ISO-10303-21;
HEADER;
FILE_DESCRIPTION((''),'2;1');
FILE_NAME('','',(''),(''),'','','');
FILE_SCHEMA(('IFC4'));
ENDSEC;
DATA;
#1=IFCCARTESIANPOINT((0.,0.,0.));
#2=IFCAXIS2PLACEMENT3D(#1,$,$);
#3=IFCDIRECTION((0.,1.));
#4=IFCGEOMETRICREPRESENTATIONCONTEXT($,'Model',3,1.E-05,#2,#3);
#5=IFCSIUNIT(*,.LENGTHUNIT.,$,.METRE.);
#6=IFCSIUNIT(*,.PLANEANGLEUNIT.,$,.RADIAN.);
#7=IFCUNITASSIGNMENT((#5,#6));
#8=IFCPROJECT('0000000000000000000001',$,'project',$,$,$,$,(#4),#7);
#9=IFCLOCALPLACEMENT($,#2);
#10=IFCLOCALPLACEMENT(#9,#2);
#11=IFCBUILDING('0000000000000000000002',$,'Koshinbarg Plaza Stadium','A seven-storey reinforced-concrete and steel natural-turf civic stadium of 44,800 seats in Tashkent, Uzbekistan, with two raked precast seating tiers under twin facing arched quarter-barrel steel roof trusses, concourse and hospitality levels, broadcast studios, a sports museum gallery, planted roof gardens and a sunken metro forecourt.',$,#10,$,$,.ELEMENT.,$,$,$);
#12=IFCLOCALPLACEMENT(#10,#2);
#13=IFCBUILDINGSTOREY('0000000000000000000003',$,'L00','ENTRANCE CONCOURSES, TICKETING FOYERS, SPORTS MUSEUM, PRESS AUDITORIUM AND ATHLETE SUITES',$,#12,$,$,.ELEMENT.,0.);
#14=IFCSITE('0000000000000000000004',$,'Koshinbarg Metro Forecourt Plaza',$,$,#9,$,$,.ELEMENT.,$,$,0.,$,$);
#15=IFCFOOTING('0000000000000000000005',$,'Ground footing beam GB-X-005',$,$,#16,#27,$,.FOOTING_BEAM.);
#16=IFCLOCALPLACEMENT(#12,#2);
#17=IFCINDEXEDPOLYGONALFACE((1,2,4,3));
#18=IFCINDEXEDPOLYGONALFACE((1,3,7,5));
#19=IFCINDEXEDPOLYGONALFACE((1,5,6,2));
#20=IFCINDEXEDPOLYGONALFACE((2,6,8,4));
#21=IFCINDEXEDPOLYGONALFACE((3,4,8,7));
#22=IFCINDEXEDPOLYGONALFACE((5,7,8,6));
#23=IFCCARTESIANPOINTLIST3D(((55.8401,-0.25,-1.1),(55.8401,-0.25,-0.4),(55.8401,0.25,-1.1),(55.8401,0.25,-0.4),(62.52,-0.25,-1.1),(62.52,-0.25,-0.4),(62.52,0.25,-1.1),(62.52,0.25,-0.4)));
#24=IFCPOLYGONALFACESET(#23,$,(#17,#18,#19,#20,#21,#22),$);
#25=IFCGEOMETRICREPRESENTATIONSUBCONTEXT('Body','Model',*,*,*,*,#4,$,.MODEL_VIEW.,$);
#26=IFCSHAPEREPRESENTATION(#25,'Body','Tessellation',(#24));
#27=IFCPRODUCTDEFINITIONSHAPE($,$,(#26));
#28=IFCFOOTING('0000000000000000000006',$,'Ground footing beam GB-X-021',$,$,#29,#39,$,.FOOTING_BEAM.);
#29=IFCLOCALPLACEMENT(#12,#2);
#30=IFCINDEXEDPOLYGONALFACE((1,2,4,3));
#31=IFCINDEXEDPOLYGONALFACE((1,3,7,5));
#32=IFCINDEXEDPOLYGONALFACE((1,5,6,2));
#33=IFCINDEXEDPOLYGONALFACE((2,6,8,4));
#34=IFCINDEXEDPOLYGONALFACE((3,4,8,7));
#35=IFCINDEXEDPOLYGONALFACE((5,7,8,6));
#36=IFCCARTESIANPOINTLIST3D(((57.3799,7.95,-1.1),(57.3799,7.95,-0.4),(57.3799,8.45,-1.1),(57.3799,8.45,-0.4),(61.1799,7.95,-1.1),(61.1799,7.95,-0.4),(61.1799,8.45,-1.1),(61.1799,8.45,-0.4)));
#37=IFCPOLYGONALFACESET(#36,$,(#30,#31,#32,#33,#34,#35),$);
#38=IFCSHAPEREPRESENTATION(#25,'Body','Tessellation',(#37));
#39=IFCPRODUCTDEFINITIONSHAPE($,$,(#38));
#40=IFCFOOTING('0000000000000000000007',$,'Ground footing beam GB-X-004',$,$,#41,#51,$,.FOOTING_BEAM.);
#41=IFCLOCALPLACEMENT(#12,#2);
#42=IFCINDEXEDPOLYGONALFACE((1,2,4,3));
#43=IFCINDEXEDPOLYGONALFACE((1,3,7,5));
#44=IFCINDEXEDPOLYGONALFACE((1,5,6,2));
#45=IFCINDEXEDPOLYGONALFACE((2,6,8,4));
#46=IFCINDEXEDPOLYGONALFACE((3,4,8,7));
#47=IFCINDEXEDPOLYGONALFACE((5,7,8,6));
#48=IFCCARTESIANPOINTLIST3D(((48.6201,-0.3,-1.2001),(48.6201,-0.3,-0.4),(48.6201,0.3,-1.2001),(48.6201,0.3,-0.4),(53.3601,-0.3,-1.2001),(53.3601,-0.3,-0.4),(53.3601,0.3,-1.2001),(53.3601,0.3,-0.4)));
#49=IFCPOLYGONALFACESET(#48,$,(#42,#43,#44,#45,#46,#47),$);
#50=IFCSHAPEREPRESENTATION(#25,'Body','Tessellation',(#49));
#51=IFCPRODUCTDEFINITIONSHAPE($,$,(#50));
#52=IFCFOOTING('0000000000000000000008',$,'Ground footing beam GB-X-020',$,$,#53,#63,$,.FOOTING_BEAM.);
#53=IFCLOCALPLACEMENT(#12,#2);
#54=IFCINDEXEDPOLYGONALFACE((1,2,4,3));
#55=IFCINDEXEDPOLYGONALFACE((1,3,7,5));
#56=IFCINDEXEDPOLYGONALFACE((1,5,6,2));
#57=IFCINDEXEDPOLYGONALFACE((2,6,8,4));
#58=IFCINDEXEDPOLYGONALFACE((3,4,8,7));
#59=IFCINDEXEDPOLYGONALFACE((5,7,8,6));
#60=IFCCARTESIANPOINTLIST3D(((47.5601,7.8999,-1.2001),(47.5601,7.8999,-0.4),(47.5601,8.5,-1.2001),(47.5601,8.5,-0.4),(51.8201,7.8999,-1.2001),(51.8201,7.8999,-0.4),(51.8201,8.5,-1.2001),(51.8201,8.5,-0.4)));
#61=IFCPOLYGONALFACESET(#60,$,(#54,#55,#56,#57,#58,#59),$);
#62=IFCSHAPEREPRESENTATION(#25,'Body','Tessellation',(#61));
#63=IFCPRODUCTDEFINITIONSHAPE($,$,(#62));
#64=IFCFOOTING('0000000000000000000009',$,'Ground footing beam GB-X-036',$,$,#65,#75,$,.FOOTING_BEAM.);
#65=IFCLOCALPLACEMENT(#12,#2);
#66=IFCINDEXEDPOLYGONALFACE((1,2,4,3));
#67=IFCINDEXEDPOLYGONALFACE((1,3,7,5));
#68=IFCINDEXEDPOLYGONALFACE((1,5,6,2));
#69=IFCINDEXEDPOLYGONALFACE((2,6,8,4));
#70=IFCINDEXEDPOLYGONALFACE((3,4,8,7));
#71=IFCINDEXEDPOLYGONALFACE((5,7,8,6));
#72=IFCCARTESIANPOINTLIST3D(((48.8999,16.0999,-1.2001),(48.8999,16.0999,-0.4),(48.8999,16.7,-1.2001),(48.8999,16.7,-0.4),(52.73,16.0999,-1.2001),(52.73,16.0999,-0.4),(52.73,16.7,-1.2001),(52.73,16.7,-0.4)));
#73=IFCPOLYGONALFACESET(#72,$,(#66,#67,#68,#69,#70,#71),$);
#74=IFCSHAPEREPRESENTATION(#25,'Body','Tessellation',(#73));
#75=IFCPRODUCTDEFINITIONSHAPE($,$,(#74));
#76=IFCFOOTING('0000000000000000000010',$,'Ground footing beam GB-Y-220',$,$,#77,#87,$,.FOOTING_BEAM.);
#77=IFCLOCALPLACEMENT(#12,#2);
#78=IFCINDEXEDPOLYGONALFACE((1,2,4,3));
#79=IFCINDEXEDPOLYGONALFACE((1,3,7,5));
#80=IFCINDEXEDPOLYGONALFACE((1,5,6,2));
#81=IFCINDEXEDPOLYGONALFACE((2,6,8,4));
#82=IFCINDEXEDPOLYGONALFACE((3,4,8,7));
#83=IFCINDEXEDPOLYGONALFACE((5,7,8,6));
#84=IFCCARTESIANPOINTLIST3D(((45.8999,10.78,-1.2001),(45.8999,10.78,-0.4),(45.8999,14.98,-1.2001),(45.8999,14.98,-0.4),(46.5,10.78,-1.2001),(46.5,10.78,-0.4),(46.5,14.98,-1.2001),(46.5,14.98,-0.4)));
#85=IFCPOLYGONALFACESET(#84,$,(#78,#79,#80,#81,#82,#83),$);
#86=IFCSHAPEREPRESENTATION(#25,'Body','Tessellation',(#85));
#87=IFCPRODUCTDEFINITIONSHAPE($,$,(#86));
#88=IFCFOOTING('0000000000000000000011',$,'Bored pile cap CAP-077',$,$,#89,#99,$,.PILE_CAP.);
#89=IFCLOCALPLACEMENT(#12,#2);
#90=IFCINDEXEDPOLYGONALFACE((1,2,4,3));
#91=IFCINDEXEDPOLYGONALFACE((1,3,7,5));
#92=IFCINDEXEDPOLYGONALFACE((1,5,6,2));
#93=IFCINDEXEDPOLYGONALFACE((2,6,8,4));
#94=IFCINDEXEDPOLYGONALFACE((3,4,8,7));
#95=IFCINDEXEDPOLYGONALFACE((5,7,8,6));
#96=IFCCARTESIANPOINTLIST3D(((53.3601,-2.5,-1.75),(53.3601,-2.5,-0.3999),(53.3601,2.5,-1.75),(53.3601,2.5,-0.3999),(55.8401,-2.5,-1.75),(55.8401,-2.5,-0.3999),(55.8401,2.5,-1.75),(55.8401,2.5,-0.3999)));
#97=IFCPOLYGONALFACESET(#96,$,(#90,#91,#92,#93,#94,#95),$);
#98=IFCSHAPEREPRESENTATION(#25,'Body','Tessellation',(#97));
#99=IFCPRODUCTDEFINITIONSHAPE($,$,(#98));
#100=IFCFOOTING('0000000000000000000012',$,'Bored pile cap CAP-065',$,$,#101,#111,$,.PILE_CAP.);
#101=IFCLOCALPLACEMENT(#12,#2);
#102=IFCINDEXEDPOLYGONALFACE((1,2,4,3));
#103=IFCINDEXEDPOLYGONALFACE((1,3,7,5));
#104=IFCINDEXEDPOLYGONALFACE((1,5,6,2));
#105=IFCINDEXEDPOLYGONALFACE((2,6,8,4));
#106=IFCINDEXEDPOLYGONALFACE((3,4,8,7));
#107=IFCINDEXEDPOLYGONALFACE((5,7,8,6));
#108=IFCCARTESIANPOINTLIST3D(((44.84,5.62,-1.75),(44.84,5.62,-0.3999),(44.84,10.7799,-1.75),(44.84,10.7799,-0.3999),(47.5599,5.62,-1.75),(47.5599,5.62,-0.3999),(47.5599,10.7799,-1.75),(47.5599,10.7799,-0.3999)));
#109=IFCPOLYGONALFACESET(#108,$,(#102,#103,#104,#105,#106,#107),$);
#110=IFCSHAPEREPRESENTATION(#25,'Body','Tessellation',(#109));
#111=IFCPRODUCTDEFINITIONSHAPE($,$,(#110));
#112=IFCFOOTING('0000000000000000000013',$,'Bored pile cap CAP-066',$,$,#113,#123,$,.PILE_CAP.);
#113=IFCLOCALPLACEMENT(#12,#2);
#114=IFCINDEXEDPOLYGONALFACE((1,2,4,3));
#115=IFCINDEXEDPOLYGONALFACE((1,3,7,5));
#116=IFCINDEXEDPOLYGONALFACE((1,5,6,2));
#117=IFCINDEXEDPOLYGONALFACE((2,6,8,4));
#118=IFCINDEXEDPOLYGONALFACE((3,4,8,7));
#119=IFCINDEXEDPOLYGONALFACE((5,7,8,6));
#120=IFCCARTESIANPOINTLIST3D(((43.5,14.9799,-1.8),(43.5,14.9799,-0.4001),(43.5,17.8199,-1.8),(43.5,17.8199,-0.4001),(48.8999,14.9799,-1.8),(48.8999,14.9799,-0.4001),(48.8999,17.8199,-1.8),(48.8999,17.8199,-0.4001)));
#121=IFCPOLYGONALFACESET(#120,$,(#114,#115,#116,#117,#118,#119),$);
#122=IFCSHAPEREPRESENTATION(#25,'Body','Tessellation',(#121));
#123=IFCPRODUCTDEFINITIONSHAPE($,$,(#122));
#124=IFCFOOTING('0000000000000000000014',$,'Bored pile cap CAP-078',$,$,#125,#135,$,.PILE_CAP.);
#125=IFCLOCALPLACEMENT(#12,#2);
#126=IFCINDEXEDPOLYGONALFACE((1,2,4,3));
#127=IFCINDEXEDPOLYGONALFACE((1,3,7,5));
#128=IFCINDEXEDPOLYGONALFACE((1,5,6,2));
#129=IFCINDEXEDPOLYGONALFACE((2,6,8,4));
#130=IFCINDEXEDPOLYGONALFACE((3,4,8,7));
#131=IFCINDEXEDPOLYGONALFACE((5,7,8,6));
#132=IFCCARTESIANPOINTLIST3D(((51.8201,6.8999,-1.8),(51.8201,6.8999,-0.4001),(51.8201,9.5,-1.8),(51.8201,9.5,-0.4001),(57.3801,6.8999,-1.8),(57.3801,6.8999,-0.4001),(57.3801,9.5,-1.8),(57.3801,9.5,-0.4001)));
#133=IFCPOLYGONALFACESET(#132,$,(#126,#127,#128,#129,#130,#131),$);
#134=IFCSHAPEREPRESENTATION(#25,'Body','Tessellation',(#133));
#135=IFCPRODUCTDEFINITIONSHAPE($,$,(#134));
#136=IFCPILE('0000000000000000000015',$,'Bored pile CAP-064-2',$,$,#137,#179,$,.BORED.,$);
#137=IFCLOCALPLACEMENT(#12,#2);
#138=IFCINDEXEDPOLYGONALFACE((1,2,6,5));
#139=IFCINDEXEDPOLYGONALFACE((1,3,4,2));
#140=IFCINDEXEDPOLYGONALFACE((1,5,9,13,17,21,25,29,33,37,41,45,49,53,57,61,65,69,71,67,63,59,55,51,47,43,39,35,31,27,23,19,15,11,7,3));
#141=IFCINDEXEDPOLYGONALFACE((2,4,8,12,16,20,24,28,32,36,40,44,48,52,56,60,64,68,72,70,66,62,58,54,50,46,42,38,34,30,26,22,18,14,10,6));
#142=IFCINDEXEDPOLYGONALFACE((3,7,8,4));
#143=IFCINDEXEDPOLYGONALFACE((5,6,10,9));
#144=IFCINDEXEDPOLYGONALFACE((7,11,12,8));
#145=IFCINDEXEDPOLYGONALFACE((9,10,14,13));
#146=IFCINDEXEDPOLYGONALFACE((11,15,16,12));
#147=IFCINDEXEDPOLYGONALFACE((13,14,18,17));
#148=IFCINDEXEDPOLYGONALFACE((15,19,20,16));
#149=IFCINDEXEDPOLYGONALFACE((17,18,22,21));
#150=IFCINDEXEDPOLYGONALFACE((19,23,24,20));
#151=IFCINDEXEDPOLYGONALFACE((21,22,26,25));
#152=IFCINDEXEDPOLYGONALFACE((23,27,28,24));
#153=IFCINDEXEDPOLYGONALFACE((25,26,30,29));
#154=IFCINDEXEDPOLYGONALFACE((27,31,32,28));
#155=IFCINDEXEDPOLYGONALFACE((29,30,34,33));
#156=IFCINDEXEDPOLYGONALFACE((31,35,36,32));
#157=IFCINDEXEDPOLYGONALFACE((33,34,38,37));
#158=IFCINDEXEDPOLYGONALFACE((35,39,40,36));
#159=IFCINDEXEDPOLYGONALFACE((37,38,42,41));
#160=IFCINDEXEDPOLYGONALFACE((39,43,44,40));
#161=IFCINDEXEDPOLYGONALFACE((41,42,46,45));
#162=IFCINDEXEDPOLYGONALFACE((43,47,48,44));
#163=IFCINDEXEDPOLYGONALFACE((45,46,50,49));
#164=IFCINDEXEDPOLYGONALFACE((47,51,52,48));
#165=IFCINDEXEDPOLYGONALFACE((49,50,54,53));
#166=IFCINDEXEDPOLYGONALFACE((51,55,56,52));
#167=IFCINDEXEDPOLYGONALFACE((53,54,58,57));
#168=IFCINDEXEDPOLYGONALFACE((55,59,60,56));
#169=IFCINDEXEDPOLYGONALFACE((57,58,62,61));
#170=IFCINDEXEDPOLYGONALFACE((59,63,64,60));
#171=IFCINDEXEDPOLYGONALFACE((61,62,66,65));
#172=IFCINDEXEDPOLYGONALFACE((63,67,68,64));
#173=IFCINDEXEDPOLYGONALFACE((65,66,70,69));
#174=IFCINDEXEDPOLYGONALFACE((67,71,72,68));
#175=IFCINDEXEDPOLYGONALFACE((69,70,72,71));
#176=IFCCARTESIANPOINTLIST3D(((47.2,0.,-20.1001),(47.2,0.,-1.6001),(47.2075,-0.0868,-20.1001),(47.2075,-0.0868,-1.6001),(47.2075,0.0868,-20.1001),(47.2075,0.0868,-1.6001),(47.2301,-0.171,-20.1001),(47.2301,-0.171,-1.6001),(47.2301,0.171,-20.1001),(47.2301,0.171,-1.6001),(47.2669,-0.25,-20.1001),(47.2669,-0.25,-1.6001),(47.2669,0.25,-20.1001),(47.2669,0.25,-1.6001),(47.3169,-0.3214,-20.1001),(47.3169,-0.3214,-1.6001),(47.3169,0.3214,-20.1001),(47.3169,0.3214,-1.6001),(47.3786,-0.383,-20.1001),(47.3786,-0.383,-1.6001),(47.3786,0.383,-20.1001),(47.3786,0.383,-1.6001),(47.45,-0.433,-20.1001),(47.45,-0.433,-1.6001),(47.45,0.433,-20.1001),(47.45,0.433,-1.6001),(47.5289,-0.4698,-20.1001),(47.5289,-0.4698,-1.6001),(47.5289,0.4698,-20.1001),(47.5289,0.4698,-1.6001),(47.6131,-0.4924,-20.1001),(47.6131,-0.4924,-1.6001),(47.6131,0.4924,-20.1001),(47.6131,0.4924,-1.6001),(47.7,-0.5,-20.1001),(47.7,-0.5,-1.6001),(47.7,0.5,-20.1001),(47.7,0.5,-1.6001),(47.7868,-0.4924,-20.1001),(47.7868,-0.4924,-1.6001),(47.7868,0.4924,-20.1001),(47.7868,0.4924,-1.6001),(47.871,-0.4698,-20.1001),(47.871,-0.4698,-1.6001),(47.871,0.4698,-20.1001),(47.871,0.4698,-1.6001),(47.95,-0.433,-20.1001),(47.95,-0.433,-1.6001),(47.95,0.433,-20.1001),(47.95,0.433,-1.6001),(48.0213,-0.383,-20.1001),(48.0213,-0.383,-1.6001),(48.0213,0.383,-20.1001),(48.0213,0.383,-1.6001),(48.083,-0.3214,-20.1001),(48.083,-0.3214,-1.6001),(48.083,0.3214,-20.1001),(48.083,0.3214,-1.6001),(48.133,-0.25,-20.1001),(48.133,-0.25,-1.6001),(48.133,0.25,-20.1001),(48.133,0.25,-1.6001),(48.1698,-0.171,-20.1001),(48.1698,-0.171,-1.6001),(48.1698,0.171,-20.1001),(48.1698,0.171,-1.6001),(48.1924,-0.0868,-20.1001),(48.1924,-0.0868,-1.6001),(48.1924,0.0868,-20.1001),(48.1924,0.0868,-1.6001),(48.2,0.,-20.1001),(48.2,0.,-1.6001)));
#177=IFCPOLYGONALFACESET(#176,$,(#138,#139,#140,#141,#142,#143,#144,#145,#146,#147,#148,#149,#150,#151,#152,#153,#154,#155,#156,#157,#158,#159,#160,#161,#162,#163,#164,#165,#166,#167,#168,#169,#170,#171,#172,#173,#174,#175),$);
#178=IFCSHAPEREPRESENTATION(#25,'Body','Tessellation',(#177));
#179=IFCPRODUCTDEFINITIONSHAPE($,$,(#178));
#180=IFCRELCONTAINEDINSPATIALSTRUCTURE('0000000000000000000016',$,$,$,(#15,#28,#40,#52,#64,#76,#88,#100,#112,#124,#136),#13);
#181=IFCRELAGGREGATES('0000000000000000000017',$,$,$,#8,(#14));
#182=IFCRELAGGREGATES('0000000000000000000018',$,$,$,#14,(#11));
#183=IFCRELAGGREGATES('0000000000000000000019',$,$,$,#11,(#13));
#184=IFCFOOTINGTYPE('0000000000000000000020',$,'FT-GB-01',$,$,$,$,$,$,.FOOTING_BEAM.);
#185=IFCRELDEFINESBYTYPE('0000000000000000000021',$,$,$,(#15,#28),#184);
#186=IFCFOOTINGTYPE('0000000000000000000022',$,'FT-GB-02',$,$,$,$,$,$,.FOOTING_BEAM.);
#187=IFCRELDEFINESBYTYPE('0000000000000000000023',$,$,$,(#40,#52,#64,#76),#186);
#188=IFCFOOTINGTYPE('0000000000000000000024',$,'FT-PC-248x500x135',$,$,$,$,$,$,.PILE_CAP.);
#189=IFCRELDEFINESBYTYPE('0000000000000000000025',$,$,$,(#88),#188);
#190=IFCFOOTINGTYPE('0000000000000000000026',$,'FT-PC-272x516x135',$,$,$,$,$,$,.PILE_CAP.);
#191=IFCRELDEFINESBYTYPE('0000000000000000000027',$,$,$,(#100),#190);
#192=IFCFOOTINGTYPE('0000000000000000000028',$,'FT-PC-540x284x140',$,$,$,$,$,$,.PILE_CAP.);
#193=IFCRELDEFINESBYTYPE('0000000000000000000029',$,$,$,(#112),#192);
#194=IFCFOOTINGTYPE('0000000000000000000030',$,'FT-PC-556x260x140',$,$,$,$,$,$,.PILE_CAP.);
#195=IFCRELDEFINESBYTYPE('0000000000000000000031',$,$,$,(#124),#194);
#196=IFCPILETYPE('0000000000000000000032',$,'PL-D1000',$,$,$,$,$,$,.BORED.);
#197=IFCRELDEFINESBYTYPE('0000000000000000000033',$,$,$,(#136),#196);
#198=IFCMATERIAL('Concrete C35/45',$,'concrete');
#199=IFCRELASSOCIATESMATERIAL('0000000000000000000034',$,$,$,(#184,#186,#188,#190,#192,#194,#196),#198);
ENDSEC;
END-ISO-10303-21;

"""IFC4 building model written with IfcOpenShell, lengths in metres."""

from ifc_helpers import new_model, si_unit, direction, frame, origin, origin_2d, place, context, subcontext, project, spatial, rectangle, circle, extrude, material, material_profile, profile_set, type_object, element, save


model = new_model("IFC4")

# Units and contexts
model_context = context("Model", 3, precision=1e-05, world=origin(), true_north=direction((0.0, 1.0)))
body_context = subcontext(model_context, "Body", "Model", "MODEL_VIEW")
ifc_project = project(units=[si_unit("LENGTHUNIT", "METRE"), si_unit("PLANEANGLEUNIT", "RADIAN")], contexts=[model_context])

# Site, building, storey
site_placement = place(None, origin())
site = spatial("IfcSite", under=ifc_project, at=site_placement, Name="Koshinbarg Metro Forecourt Plaza", CompositionType="ELEMENT", RefElevation=0.0)
building_placement = place(site_placement, origin())
building = spatial("IfcBuilding", under=site, at=building_placement, Name="Koshinbarg Plaza Stadium", Description="A seven-storey reinforced-concrete and steel natural-turf civic stadium of 44,800 seats in Tashkent, Uzbekistan, with two raked precast seating tiers under twin facing arched quarter-barrel steel roof trusses, concourse and hospitality levels, broadcast studios, a sports museum gallery, planted roof gardens and a sunken metro forecourt.", CompositionType="ELEMENT")
storey_placement = place(building_placement, origin())
storey = spatial("IfcBuildingStorey", under=building, at=storey_placement, Name="L00", Description="ENTRANCE CONCOURSES, TICKETING FOYERS, SPORTS MUSEUM, PRESS AUDITORIUM AND ATHLETE SUITES", CompositionType="ELEMENT", Elevation=0.0)

# Footings
ifc_material_1 = material(Name="Concrete C35/45", Category="concrete")
ifc_material_profile_1 = material_profile(ifc_material_1, rectangle(XDim=0.5, YDim=0.7, at=origin_2d()), Name="GB 500x700")
ifc_profile_set_1 = profile_set([ifc_material_profile_1], Name="Concrete C35/45")
footing_type_1 = type_object("IfcFootingType", Name="FT-GB-01", PredefinedType="FOOTING_BEAM", material=ifc_profile_set_1)
footing_1_placement = place(storey_placement, frame((55.8401, 0.0, -0.75), z_axis=(1.0, 0.0, 0.0), x_axis=(0.0, 1.0, 0.0)))
element("IfcFooting", 1, at=footing_1_placement, inside=storey, type_object=footing_type_1, Name="Ground footing beam GB-X-005", PredefinedType="FOOTING_BEAM", context=body_context, shape_type="SweptSolid", body=[
    extrude(rectangle(XDim=0.5, YDim=0.7, at=origin_2d()), origin(), (0.0, 0.0, 1.0), 6.6799),
])
footing_2_placement = place(storey_placement, frame((57.3799, 8.2, -0.75), z_axis=(1.0, 0.0, 0.0), x_axis=(0.0, 1.0, 0.0)))
element("IfcFooting", 2, at=footing_2_placement, inside=storey, type_object=footing_type_1, Name="Ground footing beam GB-X-021", PredefinedType="FOOTING_BEAM", context=body_context, shape_type="SweptSolid", body=[
    extrude(rectangle(XDim=0.5, YDim=0.7, at=origin_2d()), origin(), (0.0, 0.0, 1.0), 3.8),
])
ifc_material_profile_2 = material_profile(ifc_material_1, rectangle(XDim=0.6001, YDim=0.8, at=origin_2d()), Name="GB 600x800")
ifc_profile_set_2 = profile_set([ifc_material_profile_2], Name="Concrete C35/45")
footing_type_2 = type_object("IfcFootingType", Name="FT-GB-02", PredefinedType="FOOTING_BEAM", material=ifc_profile_set_2)
footing_3_placement = place(storey_placement, frame((48.6201, 0.0, -0.8), z_axis=(1.0, 0.0, 0.0), x_axis=(0.0, 1.0, 0.0)))
element("IfcFooting", 3, at=footing_3_placement, inside=storey, type_object=footing_type_2, Name="Ground footing beam GB-X-004", PredefinedType="FOOTING_BEAM", context=body_context, shape_type="SweptSolid", body=[
    extrude(rectangle(XDim=0.6001, YDim=0.8, at=origin_2d()), origin(), (0.0, 0.0, 1.0), 4.74),
])
footing_4_placement = place(storey_placement, frame((47.5601, 8.2, -0.8), z_axis=(1.0, 0.0, 0.0), x_axis=(0.0, 1.0, 0.0)))
element("IfcFooting", 4, at=footing_4_placement, inside=storey, type_object=footing_type_2, Name="Ground footing beam GB-X-020", PredefinedType="FOOTING_BEAM", context=body_context, shape_type="SweptSolid", body=[
    extrude(rectangle(XDim=0.6001, YDim=0.8, at=origin_2d()), origin(), (0.0, 0.0, 1.0), 4.26),
])
footing_5_placement = place(storey_placement, frame((48.8999, 16.3999, -0.8), z_axis=(1.0, 0.0, 0.0), x_axis=(0.0, 1.0, 0.0)))
element("IfcFooting", 5, at=footing_5_placement, inside=storey, type_object=footing_type_2, Name="Ground footing beam GB-X-036", PredefinedType="FOOTING_BEAM", context=body_context, shape_type="SweptSolid", body=[
    extrude(rectangle(XDim=0.6001, YDim=0.8, at=origin_2d()), origin(), (0.0, 0.0, 1.0), 3.8301),
])
footing_6_placement = place(storey_placement, frame((46.2, 10.78, -0.8), z_axis=(0.0, 1.0, 0.0), x_axis=(-1.0, 0.0, 0.0)))
element("IfcFooting", 6, at=footing_6_placement, inside=storey, type_object=footing_type_2, Name="Ground footing beam GB-Y-220", PredefinedType="FOOTING_BEAM", context=body_context, shape_type="SweptSolid", body=[
    extrude(rectangle(XDim=0.6001, YDim=0.8, at=origin_2d()), origin(), (0.0, 0.0, 1.0), 4.2),
])
footing_type_3 = type_object("IfcFootingType", Name="FT-PC-248x500x135", PredefinedType="PILE_CAP", material=ifc_material_1)
footing_7_placement = place(storey_placement, frame((54.6001, 0.0, -1.75), z_axis=(0.0, 0.0, 1.0), x_axis=(1.0, 0.0, 0.0)))
element("IfcFooting", 7, at=footing_7_placement, inside=storey, type_object=footing_type_3, Name="Bored pile cap CAP-077", PredefinedType="PILE_CAP", context=body_context, shape_type="SweptSolid", body=[
    extrude(rectangle(XDim=2.48, YDim=5.0, at=origin_2d()), origin(), (0.0, 0.0, 1.0), 1.3501),
])
footing_type_4 = type_object("IfcFootingType", Name="FT-PC-272x516x135", PredefinedType="PILE_CAP", material=ifc_material_1)
footing_8_placement = place(storey_placement, frame((46.2, 8.2, -1.75), z_axis=(0.0, 0.0, 1.0), x_axis=(1.0, 0.0, 0.0)))
element("IfcFooting", 8, at=footing_8_placement, inside=storey, type_object=footing_type_4, Name="Bored pile cap CAP-065", PredefinedType="PILE_CAP", context=body_context, shape_type="SweptSolid", body=[
    extrude(rectangle(XDim=2.72, YDim=5.1599, at=origin_2d()), origin(), (0.0, 0.0, 1.0), 1.3501),
])
footing_type_5 = type_object("IfcFootingType", Name="FT-PC-540x284x140", PredefinedType="PILE_CAP", material=ifc_material_1)
footing_9_placement = place(storey_placement, frame((46.2, 16.3999, -1.8), z_axis=(0.0, 0.0, 1.0), x_axis=(1.0, 0.0, 0.0)))
element("IfcFooting", 9, at=footing_9_placement, inside=storey, type_object=footing_type_5, Name="Bored pile cap CAP-066", PredefinedType="PILE_CAP", context=body_context, shape_type="SweptSolid", body=[
    extrude(rectangle(XDim=5.3999, YDim=2.8401, at=origin_2d()), origin(), (0.0, 0.0, 1.0), 1.3999),
])
footing_type_6 = type_object("IfcFootingType", Name="FT-PC-556x260x140", PredefinedType="PILE_CAP", material=ifc_material_1)
footing_10_placement = place(storey_placement, frame((54.6001, 8.2, -1.8), z_axis=(0.0, 0.0, 1.0), x_axis=(1.0, 0.0, 0.0)))
element("IfcFooting", 10, at=footing_10_placement, inside=storey, type_object=footing_type_6, Name="Bored pile cap CAP-078", PredefinedType="PILE_CAP", context=body_context, shape_type="SweptSolid", body=[
    extrude(rectangle(XDim=5.5601, YDim=2.6001, at=origin_2d()), origin(), (0.0, 0.0, 1.0), 1.3999),
])

# Pile
ifc_material_profile_3 = material_profile(ifc_material_1, circle(Radius=0.5, at=origin_2d()), Name="PILE D1000")
ifc_profile_set_3 = profile_set([ifc_material_profile_3], Name="Concrete C35/45")
pile_type_1 = type_object("IfcPileType", Name="PL-D1000", PredefinedType="BORED", material=ifc_profile_set_3)
pile_placement = place(storey_placement, frame((47.7, 0.0, -1.6001), z_axis=(0.0, 0.0, -1.0), x_axis=(1.0, 0.0, 0.0)))
element("IfcPile", 11, at=pile_placement, inside=storey, type_object=pile_type_1, Name="Bored pile CAP-064-2", PredefinedType="BORED", context=body_context, shape_type="SweptSolid", body=[
    extrude(circle(Radius=0.5, at=origin_2d()), origin(), (0.0, 0.0, 1.0), 18.5),
])

save(model, "model.ifc")
